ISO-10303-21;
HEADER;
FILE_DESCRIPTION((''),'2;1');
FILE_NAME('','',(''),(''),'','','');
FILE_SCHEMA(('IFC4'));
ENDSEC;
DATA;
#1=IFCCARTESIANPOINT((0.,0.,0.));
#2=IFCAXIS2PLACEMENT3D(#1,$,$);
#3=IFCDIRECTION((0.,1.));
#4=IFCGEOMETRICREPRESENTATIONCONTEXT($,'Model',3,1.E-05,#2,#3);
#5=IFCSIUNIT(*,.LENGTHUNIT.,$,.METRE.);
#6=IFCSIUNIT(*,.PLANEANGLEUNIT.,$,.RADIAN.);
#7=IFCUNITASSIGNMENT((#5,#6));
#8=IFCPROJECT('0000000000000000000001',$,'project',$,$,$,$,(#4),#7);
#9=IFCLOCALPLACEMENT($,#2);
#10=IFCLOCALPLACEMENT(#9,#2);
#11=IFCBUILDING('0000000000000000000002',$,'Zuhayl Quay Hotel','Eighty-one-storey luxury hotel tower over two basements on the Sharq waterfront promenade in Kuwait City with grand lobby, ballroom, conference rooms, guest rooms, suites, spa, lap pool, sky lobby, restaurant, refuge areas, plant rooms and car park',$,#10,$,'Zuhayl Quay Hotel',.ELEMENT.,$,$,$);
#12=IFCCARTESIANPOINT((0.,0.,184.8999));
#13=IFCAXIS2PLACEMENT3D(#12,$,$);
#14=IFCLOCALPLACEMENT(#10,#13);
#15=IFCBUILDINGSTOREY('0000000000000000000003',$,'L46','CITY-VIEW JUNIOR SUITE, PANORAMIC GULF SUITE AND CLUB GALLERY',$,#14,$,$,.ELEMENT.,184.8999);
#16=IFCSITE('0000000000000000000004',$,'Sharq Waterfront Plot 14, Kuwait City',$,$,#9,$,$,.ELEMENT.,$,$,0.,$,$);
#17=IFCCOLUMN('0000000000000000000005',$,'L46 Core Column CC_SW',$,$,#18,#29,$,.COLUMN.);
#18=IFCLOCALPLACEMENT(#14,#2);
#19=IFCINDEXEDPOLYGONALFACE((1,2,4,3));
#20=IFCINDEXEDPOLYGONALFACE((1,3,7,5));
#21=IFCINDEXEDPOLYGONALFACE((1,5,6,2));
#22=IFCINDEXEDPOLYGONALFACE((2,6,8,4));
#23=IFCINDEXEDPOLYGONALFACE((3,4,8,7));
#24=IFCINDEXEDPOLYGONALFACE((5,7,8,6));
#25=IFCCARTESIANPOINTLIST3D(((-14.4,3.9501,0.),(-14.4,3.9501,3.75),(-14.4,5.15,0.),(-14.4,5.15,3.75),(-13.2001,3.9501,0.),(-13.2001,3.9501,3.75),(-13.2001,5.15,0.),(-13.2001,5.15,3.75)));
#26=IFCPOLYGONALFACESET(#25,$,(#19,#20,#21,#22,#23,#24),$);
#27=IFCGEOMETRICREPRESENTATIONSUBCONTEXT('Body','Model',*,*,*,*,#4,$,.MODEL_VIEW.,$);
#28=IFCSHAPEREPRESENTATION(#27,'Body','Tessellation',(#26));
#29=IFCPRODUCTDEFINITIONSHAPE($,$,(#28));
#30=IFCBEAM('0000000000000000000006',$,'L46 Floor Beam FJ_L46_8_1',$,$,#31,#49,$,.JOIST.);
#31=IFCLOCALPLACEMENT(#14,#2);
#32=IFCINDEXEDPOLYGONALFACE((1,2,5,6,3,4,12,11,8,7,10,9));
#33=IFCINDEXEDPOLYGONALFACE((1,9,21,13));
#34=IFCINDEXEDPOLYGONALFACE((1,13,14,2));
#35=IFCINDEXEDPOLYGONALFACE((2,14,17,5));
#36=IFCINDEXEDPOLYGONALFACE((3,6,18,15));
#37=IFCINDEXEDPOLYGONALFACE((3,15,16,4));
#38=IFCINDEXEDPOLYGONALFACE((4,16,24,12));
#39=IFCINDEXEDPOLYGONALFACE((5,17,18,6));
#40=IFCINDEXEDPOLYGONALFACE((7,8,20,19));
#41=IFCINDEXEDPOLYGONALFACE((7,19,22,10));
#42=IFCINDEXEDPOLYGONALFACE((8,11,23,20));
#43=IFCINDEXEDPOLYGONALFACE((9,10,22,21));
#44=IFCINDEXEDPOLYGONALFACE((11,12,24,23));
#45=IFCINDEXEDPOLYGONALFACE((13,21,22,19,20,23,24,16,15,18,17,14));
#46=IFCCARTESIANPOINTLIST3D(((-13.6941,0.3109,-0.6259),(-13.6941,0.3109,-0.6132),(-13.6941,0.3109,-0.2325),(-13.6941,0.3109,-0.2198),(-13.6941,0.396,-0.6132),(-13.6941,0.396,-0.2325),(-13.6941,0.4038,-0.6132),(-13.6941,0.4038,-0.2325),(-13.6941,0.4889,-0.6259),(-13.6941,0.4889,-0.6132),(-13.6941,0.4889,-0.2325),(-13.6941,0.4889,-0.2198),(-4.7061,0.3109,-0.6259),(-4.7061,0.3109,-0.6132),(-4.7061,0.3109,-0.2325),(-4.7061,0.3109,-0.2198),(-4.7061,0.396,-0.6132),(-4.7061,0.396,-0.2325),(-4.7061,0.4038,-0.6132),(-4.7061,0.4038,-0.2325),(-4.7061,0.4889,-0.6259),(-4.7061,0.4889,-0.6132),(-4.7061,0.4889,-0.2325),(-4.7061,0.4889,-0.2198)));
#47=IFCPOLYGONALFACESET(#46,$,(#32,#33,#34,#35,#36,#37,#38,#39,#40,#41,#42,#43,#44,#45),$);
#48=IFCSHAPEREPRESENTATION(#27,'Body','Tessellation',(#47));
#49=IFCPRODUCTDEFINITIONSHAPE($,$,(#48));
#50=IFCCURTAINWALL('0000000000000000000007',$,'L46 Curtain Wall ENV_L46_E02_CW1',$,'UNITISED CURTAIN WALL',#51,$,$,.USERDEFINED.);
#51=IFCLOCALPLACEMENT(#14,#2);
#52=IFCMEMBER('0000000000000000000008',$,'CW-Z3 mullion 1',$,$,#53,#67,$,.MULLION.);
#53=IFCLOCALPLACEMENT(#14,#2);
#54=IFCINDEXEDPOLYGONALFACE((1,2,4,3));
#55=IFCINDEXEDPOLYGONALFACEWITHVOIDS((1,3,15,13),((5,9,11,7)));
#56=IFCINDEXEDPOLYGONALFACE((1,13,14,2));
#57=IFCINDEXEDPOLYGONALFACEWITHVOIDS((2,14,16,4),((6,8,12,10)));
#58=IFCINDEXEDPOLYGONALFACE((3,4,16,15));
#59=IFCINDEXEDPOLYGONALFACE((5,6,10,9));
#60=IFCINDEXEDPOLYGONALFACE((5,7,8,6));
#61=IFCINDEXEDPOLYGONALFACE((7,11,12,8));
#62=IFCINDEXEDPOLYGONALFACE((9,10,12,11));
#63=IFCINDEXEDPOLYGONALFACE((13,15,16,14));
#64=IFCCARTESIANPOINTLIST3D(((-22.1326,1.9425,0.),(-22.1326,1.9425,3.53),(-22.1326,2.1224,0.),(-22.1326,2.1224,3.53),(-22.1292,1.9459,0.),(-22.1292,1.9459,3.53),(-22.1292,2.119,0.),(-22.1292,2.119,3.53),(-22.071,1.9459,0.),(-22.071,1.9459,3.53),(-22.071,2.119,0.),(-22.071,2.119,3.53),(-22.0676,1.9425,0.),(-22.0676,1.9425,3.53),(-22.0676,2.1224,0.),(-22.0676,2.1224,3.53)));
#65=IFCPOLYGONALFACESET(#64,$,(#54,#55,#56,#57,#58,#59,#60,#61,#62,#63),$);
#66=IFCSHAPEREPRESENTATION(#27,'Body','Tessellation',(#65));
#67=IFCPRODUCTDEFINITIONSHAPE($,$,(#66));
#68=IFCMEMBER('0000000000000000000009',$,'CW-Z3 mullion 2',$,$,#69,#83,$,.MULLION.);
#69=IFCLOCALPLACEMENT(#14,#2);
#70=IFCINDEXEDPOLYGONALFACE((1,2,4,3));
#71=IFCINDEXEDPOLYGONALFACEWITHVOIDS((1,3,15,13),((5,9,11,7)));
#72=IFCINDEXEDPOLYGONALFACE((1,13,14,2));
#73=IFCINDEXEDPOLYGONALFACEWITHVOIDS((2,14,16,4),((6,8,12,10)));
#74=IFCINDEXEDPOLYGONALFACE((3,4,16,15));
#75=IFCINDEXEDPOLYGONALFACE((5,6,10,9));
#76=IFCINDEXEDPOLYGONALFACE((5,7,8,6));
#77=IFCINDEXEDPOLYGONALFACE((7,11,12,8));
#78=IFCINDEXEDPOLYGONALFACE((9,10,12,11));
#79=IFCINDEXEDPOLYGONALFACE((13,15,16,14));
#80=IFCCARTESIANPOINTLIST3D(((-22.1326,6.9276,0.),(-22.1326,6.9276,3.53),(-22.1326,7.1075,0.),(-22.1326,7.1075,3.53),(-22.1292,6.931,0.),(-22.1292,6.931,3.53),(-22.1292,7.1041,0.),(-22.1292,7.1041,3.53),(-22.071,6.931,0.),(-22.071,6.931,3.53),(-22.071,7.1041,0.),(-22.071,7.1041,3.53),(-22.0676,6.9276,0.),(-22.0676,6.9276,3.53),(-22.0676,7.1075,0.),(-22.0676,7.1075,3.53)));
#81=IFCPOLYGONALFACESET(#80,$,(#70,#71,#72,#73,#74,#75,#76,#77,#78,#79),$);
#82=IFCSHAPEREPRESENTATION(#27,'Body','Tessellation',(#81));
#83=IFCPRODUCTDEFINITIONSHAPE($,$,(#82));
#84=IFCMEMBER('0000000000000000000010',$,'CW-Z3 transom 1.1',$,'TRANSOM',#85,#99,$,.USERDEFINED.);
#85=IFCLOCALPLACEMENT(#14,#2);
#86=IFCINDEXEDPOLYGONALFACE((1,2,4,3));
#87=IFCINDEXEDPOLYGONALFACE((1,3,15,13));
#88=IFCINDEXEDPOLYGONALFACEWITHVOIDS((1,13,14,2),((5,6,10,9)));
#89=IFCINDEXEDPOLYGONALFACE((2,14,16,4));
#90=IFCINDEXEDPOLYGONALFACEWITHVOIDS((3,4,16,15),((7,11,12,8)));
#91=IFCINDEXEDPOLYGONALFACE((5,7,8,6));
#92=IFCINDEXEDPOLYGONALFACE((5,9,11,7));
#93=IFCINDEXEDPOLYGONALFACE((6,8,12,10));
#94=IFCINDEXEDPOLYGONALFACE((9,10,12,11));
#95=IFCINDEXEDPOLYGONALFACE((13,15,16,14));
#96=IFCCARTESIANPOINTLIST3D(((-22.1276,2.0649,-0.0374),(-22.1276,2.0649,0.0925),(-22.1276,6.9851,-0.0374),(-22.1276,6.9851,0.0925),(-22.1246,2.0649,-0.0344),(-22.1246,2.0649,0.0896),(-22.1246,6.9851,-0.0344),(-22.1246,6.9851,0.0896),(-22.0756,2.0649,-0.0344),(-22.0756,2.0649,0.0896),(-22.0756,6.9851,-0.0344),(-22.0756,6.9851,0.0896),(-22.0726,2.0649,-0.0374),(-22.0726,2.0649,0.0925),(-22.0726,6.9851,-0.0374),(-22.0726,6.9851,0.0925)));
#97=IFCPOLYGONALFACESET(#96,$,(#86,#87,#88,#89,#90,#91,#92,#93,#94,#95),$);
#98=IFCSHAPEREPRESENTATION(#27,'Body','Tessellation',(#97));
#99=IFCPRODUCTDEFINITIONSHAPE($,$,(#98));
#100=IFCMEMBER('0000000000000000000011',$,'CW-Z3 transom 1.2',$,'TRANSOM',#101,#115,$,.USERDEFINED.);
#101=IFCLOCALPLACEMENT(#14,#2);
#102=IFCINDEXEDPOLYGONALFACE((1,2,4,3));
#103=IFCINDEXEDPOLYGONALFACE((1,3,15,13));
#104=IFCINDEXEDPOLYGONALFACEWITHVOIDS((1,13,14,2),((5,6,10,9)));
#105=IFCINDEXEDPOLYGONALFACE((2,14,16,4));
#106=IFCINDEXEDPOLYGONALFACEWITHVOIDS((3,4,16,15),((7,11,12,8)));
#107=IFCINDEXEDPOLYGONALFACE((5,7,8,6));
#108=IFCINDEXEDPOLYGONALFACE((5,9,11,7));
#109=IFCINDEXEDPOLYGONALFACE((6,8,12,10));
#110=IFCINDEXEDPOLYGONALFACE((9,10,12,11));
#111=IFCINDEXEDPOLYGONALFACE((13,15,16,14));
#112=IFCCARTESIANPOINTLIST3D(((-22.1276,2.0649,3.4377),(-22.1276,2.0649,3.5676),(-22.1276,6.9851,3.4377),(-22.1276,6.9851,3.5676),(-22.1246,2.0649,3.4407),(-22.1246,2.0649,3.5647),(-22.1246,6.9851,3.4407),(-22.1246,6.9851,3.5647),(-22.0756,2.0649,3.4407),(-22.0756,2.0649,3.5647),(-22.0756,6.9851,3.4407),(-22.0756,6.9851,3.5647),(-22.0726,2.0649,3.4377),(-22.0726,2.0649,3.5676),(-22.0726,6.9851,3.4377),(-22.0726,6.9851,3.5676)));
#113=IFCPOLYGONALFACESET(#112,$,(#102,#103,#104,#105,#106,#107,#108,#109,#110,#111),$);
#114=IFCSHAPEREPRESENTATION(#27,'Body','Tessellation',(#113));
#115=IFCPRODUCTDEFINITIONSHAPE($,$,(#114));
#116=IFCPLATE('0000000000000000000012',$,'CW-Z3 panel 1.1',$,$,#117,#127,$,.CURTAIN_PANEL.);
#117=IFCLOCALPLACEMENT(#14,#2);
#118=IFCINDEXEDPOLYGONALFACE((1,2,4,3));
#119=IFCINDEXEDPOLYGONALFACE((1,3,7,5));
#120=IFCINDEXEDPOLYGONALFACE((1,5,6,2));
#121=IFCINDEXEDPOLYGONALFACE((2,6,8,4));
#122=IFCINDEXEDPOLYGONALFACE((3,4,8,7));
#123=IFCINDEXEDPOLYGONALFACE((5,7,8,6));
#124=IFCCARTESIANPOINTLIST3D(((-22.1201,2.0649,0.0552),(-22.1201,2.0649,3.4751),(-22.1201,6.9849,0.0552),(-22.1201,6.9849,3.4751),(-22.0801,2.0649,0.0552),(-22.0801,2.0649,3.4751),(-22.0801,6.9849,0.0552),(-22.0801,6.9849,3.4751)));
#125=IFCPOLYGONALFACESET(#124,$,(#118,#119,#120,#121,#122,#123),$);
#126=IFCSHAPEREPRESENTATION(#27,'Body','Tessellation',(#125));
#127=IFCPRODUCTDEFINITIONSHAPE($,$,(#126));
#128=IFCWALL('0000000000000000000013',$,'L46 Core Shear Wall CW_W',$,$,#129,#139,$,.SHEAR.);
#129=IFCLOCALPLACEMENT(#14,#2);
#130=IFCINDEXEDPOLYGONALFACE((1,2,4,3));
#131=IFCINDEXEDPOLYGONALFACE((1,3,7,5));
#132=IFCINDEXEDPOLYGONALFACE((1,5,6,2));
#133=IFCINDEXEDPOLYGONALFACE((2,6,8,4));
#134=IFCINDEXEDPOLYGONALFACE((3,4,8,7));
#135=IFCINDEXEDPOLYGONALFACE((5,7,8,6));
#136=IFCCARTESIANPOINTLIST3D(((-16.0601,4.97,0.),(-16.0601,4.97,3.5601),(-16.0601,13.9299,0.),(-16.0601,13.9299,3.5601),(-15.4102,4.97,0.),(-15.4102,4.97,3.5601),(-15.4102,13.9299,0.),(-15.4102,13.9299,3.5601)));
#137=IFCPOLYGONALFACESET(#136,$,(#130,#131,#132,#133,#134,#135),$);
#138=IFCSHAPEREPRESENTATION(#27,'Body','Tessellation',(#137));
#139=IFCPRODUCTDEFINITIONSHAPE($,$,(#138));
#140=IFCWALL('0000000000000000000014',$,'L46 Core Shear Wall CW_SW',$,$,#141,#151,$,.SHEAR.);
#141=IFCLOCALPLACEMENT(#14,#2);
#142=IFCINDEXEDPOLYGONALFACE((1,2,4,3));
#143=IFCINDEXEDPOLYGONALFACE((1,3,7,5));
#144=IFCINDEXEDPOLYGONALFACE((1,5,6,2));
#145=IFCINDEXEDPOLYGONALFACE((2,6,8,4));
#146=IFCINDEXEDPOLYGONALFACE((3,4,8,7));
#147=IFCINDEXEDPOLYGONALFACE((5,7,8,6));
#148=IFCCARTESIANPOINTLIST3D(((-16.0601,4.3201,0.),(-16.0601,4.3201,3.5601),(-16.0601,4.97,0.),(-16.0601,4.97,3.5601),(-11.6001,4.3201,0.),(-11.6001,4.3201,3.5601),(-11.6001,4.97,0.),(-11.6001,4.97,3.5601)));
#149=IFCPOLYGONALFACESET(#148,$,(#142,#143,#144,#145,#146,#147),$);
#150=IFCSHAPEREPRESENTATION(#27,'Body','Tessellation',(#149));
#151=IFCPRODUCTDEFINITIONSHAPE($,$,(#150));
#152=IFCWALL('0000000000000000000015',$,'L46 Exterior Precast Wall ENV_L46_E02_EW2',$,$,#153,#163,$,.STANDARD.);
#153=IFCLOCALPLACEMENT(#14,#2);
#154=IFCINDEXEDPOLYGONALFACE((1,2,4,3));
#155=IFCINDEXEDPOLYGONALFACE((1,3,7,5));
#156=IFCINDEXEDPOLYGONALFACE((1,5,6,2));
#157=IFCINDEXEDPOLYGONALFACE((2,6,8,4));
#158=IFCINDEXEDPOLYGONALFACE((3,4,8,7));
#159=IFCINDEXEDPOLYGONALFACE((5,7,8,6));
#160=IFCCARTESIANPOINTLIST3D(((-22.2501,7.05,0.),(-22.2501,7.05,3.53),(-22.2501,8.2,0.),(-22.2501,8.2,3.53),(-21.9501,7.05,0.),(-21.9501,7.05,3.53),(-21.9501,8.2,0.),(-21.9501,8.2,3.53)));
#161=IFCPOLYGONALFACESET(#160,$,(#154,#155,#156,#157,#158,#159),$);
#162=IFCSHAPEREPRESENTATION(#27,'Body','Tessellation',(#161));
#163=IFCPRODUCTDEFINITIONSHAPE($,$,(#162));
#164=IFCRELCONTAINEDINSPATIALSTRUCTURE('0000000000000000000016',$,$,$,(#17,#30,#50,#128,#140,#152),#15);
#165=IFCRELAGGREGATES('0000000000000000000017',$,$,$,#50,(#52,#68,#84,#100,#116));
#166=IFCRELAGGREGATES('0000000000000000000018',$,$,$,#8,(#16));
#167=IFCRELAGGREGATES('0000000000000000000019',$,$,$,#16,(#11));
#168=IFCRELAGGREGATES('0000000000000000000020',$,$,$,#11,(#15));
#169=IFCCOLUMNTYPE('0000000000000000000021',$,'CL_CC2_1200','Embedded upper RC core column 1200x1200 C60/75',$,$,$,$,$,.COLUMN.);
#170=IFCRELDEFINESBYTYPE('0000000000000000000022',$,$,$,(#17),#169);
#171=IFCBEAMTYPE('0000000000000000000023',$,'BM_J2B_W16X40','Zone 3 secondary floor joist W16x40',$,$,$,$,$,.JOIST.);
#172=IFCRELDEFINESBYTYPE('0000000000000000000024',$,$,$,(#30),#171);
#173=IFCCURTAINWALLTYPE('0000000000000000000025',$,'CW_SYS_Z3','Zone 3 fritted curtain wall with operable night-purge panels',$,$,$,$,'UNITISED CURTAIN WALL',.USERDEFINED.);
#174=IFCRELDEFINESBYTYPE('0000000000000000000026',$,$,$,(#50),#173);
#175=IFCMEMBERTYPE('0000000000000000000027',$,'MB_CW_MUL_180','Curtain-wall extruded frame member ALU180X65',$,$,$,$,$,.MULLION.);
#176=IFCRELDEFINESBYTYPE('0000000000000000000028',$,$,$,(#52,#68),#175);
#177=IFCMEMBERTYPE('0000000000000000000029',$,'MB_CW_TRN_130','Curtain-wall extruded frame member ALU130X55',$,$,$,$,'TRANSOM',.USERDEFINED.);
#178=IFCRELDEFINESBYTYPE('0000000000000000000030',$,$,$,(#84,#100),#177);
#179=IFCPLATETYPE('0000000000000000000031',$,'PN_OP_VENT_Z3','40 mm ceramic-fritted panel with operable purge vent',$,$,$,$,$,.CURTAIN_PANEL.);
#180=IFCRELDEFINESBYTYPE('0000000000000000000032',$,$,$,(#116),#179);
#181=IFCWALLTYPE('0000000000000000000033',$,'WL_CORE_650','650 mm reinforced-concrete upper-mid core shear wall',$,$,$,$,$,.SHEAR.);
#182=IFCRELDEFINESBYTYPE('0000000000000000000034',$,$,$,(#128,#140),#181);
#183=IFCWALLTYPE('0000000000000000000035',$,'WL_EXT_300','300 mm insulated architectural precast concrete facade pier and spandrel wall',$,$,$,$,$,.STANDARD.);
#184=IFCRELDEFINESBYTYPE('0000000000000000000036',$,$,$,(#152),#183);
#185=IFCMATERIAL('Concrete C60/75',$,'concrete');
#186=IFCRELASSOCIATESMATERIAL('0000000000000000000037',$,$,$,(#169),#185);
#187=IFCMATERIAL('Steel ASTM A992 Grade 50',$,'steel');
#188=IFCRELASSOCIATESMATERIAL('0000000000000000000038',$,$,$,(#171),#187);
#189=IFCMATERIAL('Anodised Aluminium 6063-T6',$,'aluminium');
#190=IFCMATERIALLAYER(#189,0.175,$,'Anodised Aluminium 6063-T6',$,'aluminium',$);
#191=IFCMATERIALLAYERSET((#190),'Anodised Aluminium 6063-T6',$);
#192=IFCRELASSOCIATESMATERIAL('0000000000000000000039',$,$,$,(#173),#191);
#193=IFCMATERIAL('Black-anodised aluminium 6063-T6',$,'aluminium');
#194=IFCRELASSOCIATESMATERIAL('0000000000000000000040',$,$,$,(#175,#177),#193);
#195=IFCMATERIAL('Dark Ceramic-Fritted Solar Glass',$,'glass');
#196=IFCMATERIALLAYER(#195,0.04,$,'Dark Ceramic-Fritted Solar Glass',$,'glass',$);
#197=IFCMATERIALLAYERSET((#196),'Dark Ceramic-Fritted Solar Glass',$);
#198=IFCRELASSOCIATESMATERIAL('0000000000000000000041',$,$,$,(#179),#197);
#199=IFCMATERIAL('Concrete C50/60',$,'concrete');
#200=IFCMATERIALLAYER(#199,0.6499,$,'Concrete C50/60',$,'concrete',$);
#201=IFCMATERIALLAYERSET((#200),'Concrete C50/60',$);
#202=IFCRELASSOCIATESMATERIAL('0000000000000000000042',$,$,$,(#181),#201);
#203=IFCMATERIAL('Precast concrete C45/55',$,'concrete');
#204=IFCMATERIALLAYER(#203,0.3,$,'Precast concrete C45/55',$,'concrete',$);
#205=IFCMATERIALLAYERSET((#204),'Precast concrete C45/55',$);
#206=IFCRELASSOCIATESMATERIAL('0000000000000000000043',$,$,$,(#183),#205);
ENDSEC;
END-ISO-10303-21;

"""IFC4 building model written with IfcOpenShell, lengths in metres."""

from ifc_helpers import new_model, si_unit, direction, frame, frame_2d, origin, origin_2d, place, context, subcontext, project, spatial, rectangle, hollow_rectangle, i_section, extrude, material, layer, layer_set, material_profile, profile_set, type_object, element, aggregate, save


model = new_model("IFC4")

# Units and contexts
model_context = context("Model", 3, precision=1e-05, world=origin(), true_north=direction((0.0, 1.0)))
body_context = subcontext(model_context, "Body", "Model", "MODEL_VIEW")
ifc_project = project(units=[si_unit("LENGTHUNIT", "METRE"), si_unit("PLANEANGLEUNIT", "RADIAN")], contexts=[model_context])

# Site, building, storey
site_placement = place(None, origin())
site = spatial("IfcSite", under=ifc_project, at=site_placement, Name="Sharq Waterfront Plot 14, Kuwait City", CompositionType="ELEMENT", RefElevation=0.0)
building_placement = place(site_placement, origin())
building = spatial("IfcBuilding", under=site, at=building_placement, Name="Zuhayl Quay Hotel", Description="Eighty-one-storey luxury hotel tower over two basements on the Sharq waterfront promenade in Kuwait City with grand lobby, ballroom, conference rooms, guest rooms, suites, spa, lap pool, sky lobby, restaurant, refuge areas, plant rooms and car park", LongName="Zuhayl Quay Hotel", CompositionType="ELEMENT")
storey_placement = place(building_placement, frame((0.0, 0.0, 184.8999)))
storey = spatial("IfcBuildingStorey", under=building, at=storey_placement, Name="L46", Description="CITY-VIEW JUNIOR SUITE, PANORAMIC GULF SUITE AND CLUB GALLERY", CompositionType="ELEMENT", Elevation=184.8999)

# Column
ifc_material_1 = material(Name="Concrete C60/75", Category="concrete")
ifc_material_profile_1 = material_profile(ifc_material_1, rectangle(XDim=1.2, YDim=1.2, at=origin_2d()), Name="RC1200X1200")
ifc_profile_set_1 = profile_set([ifc_material_profile_1], Name="Concrete C60/75")
column_type = type_object("IfcColumnType", Name="CL_CC2_1200", Description="Embedded upper RC core column 1200x1200 C60/75", PredefinedType="COLUMN", material=ifc_profile_set_1)
column_placement = place(storey_placement, frame((-13.8, 4.55, 0.0), z_axis=(0.0, 0.0, 1.0), x_axis=(1.0, 0.0, 0.0)))
element("IfcColumn", 1, at=column_placement, inside=storey, type_object=column_type, Name="L46 Core Column CC_SW", PredefinedType="COLUMN", context=body_context, shape_type="SweptSolid", body=[
    extrude(rectangle(XDim=1.2, YDim=1.2, at=origin_2d()), origin(), (0.0, 0.0, 1.0), 3.75),
])

# Beam
ifc_material_2 = material(Name="Steel ASTM A992 Grade 50", Category="steel")
ifc_material_profile_2 = material_profile(ifc_material_2, i_section(OverallWidth=0.178, OverallDepth=0.406, WebThickness=0.0078, FlangeThickness=0.0127, at=origin_2d()), Name="W16X40")
ifc_profile_set_2 = profile_set([ifc_material_profile_2], Name="Steel ASTM A992 Grade 50")
beam_type = type_object("IfcBeamType", Name="BM_J2B_W16X40", Description="Zone 3 secondary floor joist W16x40", PredefinedType="JOIST", material=ifc_profile_set_2)
beam_placement = place(storey_placement, frame((-13.6941, 0.3999, -0.4229), z_axis=(1.0, 0.0, 0.0), x_axis=(0.0, 1.0, 0.0)))
element("IfcBeam", 2, at=beam_placement, inside=storey, type_object=beam_type, Name="L46 Floor Beam FJ_L46_8_1", PredefinedType="JOIST", context=body_context, shape_type="SweptSolid", body=[
    extrude(i_section(OverallWidth=0.178, OverallDepth=0.406, WebThickness=0.0078, FlangeThickness=0.0127, at=origin_2d()), origin(), (0.0, 0.0, 1.0), 8.988),
])

# Curtain wall, members, plate
ifc_material_3 = material(Name="Anodised Aluminium 6063-T6", Category="aluminium")
ifc_layer_1 = layer(ifc_material_3, 0.175, Name="Anodised Aluminium 6063-T6", Category="aluminium")
ifc_layer_set_1 = layer_set([ifc_layer_1], Name="Anodised Aluminium 6063-T6")
curtain_wall_type = type_object("IfcCurtainWallType", Name="CW_SYS_Z3", Description="Zone 3 fritted curtain wall with operable night-purge panels", ElementType="UNITISED CURTAIN WALL", PredefinedType="USERDEFINED", material=ifc_layer_set_1)
curtain_wall_placement = place(storey_placement, origin())
curtain_wall = element("IfcCurtainWall", 3, at=curtain_wall_placement, inside=storey, type_object=curtain_wall_type, Name="L46 Curtain Wall ENV_L46_E02_CW1", ObjectType="UNITISED CURTAIN WALL", PredefinedType="USERDEFINED")
ifc_material_4 = material(Name="Black-anodised aluminium 6063-T6", Category="aluminium")
ifc_material_profile_3 = material_profile(ifc_material_4, hollow_rectangle(XDim=0.0649, YDim=0.1799, WallThickness=0.0034, at=origin_2d()), Name="ALU180X65")
ifc_profile_set_3 = profile_set([ifc_material_profile_3], Name="Black-anodised aluminium 6063-T6")
member_type_1 = type_object("IfcMemberType", Name="MB_CW_MUL_180", Description="Curtain-wall extruded frame member ALU180X65", PredefinedType="MULLION", material=ifc_profile_set_3)
member_1_placement = place(storey_placement, frame((-22.1001, 2.0325, 0.0), z_axis=(0.0, 0.0, 1.0), x_axis=(-1.0, 0.0, 0.0)))
member_1 = element("IfcMember", 4, at=member_1_placement, type_object=member_type_1, Name="CW-Z3 mullion 1", PredefinedType="MULLION", context=body_context, shape_type="SweptSolid", body=[
    extrude(hollow_rectangle(XDim=0.0649, YDim=0.1799, WallThickness=0.0034, at=origin_2d()), origin(), (0.0, 0.0, 1.0), 3.53),
])
member_2_placement = place(storey_placement, frame((-22.1001, 7.0176, 0.0), z_axis=(0.0, 0.0, 1.0), x_axis=(-1.0, 0.0, 0.0)))
member_2 = element("IfcMember", 5, at=member_2_placement, type_object=member_type_1, Name="CW-Z3 mullion 2", PredefinedType="MULLION", context=body_context, shape_type="SweptSolid", body=[
    extrude(hollow_rectangle(XDim=0.0649, YDim=0.1799, WallThickness=0.0034, at=origin_2d()), origin(), (0.0, 0.0, 1.0), 3.53),
])
ifc_material_profile_4 = material_profile(ifc_material_4, hollow_rectangle(XDim=0.0549, YDim=0.1299, WallThickness=0.0029, at=origin_2d()), Name="ALU130X55")
ifc_profile_set_4 = profile_set([ifc_material_profile_4], Name="Black-anodised aluminium 6063-T6")
member_type_2 = type_object("IfcMemberType", Name="MB_CW_TRN_130", Description="Curtain-wall extruded frame member ALU130X55", ElementType="TRANSOM", PredefinedType="USERDEFINED", material=ifc_profile_set_4)
member_3_placement = place(storey_placement, frame((-22.1001, 2.0649, 0.0276), z_axis=(0.0, 1.0, 0.0), x_axis=(-1.0, 0.0, 0.0)))
member_3 = element("IfcMember", 6, at=member_3_placement, type_object=member_type_2, Name="CW-Z3 transom 1.1", ObjectType="TRANSOM", PredefinedType="USERDEFINED", context=body_context, shape_type="SweptSolid", body=[
    extrude(hollow_rectangle(XDim=0.0549, YDim=0.1299, WallThickness=0.0029, at=origin_2d()), origin(), (0.0, 0.0, 1.0), 4.9202),
])
member_4_placement = place(storey_placement, frame((-22.1001, 2.0649, 3.5027), z_axis=(0.0, 1.0, 0.0), x_axis=(-1.0, 0.0, 0.0)))
member_4 = element("IfcMember", 7, at=member_4_placement, type_object=member_type_2, Name="CW-Z3 transom 1.2", ObjectType="TRANSOM", PredefinedType="USERDEFINED", context=body_context, shape_type="SweptSolid", body=[
    extrude(hollow_rectangle(XDim=0.0549, YDim=0.1299, WallThickness=0.0029, at=origin_2d()), origin(), (0.0, 0.0, 1.0), 4.9202),
])
ifc_material_5 = material(Name="Dark Ceramic-Fritted Solar Glass", Category="glass")
ifc_layer_2 = layer(ifc_material_5, 0.04, Name="Dark Ceramic-Fritted Solar Glass", Category="glass")
ifc_layer_set_2 = layer_set([ifc_layer_2], Name="Dark Ceramic-Fritted Solar Glass")
plate_type = type_object("IfcPlateType", Name="PN_OP_VENT_Z3", Description="40 mm ceramic-fritted panel with operable purge vent", PredefinedType="CURTAIN_PANEL", material=ifc_layer_set_2)
plate_placement = place(storey_placement, frame((-22.1001, 4.5249, 0.0552), z_axis=(0.0, 0.0, 1.0), x_axis=(0.0, 1.0, 0.0)))
plate = element("IfcPlate", 8, at=plate_placement, type_object=plate_type, Name="CW-Z3 panel 1.1", PredefinedType="CURTAIN_PANEL", context=body_context, shape_type="SweptSolid", body=[
    extrude(rectangle(XDim=4.9199, YDim=0.04, at=origin_2d()), origin(), (0.0, 0.0, 1.0), 3.4199),
])
aggregate(curtain_wall, [member_1, member_2, member_3, member_4, plate])

# Walls
ifc_material_6 = material(Name="Concrete C50/60", Category="concrete")
ifc_layer_3 = layer(ifc_material_6, 0.6499, Name="Concrete C50/60", Category="concrete")
ifc_layer_set_3 = layer_set([ifc_layer_3], Name="Concrete C50/60")
wall_type_1 = type_object("IfcWallType", Name="WL_CORE_650", Description="650 mm reinforced-concrete upper-mid core shear wall", PredefinedType="SHEAR", material=ifc_layer_set_3)
wall_1_placement = place(storey_placement, frame((-15.7351, 4.97, 0.0), z_axis=(0.0, 0.0, 1.0), x_axis=(0.0, 1.0, 0.0)))
element("IfcWall", 9, at=wall_1_placement, inside=storey, type_object=wall_type_1, Name="L46 Core Shear Wall CW_W", PredefinedType="SHEAR", context=body_context, shape_type="SweptSolid", body=[
    extrude(rectangle(XDim=8.96, YDim=0.6499, at=frame_2d((4.48, 0.0))), origin(), (0.0, 0.0, 1.0), 3.5601),
])
wall_2_placement = place(storey_placement, frame((-16.0601, 4.645, 0.0), z_axis=(0.0, 0.0, 1.0), x_axis=(1.0, 0.0, 0.0)))
element("IfcWall", 10, at=wall_2_placement, inside=storey, type_object=wall_type_1, Name="L46 Core Shear Wall CW_SW", PredefinedType="SHEAR", context=body_context, shape_type="SweptSolid", body=[
    extrude(rectangle(XDim=4.46, YDim=0.6499, at=frame_2d((2.23, 0.0))), origin(), (0.0, 0.0, 1.0), 3.5601),
])
ifc_material_7 = material(Name="Precast concrete C45/55", Category="concrete")
ifc_layer_4 = layer(ifc_material_7, 0.3, Name="Precast concrete C45/55", Category="concrete")
ifc_layer_set_4 = layer_set([ifc_layer_4], Name="Precast concrete C45/55")
wall_type_2 = type_object("IfcWallType", Name="WL_EXT_300", Description="300 mm insulated architectural precast concrete facade pier and spandrel wall", PredefinedType="STANDARD", material=ifc_layer_set_4)
wall_3_placement = place(storey_placement, frame((-22.1001, 7.05, 0.0), z_axis=(0.0, 0.0, 1.0), x_axis=(0.0, 1.0, 0.0)))
element("IfcWall", 11, at=wall_3_placement, inside=storey, type_object=wall_type_2, Name="L46 Exterior Precast Wall ENV_L46_E02_EW2", PredefinedType="STANDARD", context=body_context, shape_type="SweptSolid", body=[
    extrude(rectangle(XDim=1.1499, YDim=0.3, at=frame_2d((0.575, 0.0))), origin(), (0.0, 0.0, 1.0), 3.53),
])

save(model, "model.ifc")
